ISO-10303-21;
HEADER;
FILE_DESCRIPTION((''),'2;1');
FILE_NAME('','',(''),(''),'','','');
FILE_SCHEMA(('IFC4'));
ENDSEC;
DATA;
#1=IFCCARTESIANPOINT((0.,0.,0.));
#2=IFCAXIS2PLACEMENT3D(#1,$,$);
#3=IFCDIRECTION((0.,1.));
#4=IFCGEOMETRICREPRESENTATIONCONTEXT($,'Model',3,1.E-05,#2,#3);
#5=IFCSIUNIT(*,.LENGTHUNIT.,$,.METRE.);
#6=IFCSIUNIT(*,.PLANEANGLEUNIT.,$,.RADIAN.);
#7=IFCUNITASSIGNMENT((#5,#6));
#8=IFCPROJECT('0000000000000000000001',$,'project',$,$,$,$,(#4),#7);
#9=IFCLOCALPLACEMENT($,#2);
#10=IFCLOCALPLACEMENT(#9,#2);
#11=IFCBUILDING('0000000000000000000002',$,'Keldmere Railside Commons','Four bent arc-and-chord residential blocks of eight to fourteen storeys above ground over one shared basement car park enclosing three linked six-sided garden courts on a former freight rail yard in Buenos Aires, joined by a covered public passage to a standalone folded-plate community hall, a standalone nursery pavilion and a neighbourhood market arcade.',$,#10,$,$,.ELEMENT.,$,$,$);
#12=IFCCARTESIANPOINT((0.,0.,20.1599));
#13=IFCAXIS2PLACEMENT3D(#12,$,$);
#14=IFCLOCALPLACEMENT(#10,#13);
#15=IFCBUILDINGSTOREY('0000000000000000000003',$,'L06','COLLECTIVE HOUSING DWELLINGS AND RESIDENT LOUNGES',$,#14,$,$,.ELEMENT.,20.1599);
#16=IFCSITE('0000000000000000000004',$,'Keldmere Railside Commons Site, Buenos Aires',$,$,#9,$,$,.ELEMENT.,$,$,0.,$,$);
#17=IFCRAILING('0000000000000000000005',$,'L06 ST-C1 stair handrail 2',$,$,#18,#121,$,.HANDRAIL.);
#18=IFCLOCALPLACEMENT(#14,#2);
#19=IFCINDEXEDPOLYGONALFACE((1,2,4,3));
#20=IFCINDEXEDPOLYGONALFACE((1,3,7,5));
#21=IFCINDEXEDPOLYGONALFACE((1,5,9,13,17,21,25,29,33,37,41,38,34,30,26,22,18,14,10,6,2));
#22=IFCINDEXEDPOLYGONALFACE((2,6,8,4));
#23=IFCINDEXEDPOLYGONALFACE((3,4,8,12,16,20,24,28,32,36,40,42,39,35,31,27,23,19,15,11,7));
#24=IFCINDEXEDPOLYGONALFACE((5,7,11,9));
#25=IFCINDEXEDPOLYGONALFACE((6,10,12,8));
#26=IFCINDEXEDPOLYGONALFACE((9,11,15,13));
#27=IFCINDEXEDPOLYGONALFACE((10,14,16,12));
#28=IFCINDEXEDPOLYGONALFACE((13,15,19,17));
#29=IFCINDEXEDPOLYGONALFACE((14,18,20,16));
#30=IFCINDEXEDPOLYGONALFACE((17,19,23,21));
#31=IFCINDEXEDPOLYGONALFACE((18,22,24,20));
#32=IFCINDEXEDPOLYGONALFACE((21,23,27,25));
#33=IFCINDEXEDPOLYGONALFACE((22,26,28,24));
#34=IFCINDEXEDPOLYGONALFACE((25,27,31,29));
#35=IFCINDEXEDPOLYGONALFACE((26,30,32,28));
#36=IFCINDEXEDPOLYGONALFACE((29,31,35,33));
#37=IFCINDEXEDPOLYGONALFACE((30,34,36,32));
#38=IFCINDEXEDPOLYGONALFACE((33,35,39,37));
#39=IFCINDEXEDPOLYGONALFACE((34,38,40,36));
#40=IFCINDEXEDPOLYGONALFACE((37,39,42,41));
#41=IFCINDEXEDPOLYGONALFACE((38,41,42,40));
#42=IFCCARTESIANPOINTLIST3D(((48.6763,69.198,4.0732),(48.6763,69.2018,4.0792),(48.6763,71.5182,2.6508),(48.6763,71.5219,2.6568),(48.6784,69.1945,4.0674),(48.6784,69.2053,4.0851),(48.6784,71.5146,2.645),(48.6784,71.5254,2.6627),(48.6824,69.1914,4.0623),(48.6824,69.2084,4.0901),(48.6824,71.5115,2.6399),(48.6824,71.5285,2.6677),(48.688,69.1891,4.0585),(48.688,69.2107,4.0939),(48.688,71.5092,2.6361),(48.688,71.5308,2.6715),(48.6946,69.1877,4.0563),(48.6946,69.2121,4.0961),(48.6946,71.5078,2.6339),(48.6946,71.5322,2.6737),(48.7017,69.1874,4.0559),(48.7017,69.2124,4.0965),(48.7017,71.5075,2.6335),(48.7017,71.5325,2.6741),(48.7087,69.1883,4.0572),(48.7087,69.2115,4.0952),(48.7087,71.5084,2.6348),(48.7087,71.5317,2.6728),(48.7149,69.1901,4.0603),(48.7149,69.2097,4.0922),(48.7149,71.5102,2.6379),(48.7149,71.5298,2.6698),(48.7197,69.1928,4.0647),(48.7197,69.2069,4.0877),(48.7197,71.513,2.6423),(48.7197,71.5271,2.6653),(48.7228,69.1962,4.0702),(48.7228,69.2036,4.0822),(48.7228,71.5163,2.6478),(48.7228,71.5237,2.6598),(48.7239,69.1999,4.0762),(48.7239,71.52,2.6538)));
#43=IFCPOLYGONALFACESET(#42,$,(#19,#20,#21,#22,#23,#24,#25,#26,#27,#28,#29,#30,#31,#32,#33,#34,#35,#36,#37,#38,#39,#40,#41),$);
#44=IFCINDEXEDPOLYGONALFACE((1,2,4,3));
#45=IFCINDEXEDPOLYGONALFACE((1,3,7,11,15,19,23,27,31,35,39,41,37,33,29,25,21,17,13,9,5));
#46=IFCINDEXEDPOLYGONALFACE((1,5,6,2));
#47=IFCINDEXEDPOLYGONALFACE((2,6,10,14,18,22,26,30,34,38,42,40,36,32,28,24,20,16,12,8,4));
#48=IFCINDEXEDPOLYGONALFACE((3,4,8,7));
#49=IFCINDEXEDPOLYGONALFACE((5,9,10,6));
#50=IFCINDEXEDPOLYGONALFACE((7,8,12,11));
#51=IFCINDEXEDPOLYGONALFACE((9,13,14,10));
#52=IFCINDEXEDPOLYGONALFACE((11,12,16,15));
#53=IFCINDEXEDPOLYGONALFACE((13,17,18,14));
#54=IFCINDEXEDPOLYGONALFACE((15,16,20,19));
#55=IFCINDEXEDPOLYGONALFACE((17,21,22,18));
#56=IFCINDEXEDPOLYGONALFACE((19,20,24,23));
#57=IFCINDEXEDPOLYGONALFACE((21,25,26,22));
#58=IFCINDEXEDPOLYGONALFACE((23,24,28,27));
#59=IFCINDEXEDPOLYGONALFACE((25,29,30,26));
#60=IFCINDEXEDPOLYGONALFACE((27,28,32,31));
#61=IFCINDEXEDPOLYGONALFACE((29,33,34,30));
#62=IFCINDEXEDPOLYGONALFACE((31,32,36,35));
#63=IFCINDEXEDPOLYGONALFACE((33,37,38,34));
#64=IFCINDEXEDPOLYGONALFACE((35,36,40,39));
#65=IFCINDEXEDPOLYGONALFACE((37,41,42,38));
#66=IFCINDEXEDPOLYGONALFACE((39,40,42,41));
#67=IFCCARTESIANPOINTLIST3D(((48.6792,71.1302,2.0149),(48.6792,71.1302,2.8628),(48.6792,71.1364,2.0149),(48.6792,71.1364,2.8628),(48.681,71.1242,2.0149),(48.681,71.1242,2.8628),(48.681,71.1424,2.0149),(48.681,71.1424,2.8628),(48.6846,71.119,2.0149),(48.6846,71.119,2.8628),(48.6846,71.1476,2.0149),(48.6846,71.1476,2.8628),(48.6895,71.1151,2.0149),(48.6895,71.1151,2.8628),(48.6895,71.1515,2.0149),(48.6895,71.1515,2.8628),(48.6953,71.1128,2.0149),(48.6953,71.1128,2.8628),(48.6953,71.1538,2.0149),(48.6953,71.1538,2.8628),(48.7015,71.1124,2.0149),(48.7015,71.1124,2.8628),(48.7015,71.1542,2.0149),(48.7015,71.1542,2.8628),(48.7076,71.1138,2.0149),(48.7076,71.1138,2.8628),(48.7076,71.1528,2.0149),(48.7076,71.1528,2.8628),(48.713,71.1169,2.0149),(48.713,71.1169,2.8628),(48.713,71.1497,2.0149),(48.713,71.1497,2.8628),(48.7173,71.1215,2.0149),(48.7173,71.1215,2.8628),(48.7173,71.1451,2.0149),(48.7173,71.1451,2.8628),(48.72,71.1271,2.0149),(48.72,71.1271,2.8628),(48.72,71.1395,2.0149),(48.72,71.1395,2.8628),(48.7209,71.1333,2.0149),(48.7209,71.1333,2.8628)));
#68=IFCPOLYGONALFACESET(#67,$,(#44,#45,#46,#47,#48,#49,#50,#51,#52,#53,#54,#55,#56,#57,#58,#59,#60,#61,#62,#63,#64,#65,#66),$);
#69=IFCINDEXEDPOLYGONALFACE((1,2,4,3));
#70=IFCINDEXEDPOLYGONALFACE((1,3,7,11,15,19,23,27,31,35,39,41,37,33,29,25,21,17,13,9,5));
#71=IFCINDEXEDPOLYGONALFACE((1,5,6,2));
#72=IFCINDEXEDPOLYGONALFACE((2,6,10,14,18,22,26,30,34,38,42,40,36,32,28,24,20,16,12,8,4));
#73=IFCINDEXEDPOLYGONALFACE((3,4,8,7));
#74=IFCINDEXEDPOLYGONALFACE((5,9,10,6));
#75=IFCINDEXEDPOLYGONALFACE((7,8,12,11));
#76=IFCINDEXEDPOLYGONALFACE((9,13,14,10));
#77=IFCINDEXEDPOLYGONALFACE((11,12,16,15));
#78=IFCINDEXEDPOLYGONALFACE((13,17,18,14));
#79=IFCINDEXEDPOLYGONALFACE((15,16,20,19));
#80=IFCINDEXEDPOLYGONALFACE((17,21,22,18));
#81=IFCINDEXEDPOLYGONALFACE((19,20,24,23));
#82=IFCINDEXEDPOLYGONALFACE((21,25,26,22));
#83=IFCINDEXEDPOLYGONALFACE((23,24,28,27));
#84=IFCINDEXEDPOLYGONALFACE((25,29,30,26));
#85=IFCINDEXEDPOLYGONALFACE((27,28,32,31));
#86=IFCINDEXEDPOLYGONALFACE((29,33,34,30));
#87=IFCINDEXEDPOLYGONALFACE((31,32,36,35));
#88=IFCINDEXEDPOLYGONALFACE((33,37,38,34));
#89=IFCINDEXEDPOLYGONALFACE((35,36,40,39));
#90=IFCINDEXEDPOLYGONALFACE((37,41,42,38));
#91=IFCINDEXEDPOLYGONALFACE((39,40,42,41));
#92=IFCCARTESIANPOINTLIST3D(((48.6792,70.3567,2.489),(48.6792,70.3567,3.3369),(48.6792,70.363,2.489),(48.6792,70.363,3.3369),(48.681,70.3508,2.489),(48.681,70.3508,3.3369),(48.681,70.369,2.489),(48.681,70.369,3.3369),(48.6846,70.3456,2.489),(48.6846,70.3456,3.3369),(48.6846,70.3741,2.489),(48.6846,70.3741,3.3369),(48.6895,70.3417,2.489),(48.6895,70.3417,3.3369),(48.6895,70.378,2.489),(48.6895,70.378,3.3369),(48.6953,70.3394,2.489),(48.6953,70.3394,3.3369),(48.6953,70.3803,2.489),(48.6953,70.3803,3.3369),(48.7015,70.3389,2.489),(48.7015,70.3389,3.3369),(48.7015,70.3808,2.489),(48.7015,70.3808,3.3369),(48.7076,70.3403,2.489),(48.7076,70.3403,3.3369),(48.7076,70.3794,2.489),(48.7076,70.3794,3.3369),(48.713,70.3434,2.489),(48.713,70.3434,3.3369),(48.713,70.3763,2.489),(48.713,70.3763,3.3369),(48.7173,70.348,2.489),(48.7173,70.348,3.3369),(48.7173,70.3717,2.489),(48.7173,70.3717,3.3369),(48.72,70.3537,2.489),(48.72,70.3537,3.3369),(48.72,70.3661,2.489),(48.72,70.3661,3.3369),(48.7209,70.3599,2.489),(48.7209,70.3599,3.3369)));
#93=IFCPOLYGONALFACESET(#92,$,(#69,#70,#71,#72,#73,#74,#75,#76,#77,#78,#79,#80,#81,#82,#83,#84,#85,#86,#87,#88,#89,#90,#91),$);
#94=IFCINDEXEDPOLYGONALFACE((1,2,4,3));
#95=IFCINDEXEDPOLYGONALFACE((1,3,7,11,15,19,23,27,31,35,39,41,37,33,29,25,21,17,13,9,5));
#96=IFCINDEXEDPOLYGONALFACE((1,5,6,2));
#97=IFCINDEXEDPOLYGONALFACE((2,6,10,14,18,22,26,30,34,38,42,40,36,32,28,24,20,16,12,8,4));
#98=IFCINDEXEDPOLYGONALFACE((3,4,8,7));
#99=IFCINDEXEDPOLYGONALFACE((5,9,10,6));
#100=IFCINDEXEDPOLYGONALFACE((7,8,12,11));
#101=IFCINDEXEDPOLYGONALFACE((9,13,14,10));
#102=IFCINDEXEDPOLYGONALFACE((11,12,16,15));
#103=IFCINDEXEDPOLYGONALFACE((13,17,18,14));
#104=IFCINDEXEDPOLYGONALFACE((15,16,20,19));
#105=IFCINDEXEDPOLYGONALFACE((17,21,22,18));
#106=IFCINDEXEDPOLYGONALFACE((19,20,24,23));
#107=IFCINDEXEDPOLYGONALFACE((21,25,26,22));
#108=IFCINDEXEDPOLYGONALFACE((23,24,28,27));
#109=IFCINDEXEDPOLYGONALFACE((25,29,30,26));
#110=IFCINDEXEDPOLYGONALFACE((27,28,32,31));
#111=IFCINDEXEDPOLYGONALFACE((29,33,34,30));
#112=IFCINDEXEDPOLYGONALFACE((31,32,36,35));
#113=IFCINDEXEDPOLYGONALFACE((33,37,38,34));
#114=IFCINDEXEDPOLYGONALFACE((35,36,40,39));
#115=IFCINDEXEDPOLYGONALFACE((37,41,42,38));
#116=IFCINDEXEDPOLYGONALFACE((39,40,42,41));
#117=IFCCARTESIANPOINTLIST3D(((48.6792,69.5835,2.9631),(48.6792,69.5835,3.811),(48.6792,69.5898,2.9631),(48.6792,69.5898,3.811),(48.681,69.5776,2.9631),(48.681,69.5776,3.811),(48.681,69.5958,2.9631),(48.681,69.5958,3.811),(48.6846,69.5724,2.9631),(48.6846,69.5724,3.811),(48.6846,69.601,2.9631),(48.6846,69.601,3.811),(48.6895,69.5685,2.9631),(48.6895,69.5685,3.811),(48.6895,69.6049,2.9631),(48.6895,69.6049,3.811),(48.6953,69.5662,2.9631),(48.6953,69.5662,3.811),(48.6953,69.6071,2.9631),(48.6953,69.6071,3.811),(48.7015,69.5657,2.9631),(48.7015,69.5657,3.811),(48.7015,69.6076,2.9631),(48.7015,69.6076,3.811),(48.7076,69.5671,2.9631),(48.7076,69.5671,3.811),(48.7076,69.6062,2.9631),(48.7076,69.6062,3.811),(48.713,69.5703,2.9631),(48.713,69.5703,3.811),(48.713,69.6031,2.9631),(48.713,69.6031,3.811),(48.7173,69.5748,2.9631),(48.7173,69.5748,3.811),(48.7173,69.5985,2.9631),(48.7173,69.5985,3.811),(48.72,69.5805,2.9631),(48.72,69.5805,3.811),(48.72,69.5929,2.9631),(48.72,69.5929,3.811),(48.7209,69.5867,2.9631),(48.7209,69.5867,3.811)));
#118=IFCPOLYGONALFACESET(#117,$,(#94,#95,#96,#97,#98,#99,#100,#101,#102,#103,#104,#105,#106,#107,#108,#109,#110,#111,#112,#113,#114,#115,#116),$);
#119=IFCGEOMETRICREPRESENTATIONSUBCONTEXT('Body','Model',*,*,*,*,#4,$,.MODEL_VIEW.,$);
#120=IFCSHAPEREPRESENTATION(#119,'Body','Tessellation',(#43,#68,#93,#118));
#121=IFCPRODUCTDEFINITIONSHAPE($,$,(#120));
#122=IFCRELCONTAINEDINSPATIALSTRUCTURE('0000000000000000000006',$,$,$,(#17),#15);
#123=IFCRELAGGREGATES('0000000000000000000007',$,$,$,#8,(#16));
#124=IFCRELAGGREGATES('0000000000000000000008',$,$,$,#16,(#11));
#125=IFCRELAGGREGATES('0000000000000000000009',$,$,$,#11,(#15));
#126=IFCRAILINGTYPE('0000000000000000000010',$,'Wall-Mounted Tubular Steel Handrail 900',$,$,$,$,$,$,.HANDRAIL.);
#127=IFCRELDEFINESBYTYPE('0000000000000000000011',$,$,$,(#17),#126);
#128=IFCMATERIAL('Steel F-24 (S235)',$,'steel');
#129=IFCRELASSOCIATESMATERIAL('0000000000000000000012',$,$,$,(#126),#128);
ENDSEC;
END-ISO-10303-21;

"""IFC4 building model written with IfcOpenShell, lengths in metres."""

from ifc_helpers import new_model, si_unit, direction, frame, origin, origin_2d, place, context, subcontext, project, spatial, circle, extrude, material, type_object, element, save


model = new_model("IFC4")

# Units and contexts
model_context = context("Model", 3, precision=1e-05, world=origin(), true_north=direction((0.0, 1.0)))
body_context = subcontext(model_context, "Body", "Model", "MODEL_VIEW")
ifc_project = project(units=[si_unit("LENGTHUNIT", "METRE"), si_unit("PLANEANGLEUNIT", "RADIAN")], contexts=[model_context])

# Site, building, storey
site_placement = place(None, origin())
site = spatial("IfcSite", under=ifc_project, at=site_placement, Name="Keldmere Railside Commons Site, Buenos Aires", CompositionType="ELEMENT", RefElevation=0.0)
building_placement = place(site_placement, origin())
building = spatial("IfcBuilding", under=site, at=building_placement, Name="Keldmere Railside Commons", Description="Four bent arc-and-chord residential blocks of eight to fourteen storeys above ground over one shared basement car park enclosing three linked six-sided garden courts on a former freight rail yard in Buenos Aires, joined by a covered public passage to a standalone folded-plate community hall, a standalone nursery pavilion and a neighbourhood market arcade.", CompositionType="ELEMENT")
storey_placement = place(building_placement, frame((0.0, 0.0, 20.1599)))
storey = spatial("IfcBuildingStorey", under=building, at=storey_placement, Name="L06", Description="COLLECTIVE HOUSING DWELLINGS AND RESIDENT LOUNGES", CompositionType="ELEMENT", Elevation=20.1599)

# Shared definitions
ifc_material_1 = material(Name="Steel F-24 (S235)", Category="steel")

# Railing
railing_type_1 = type_object("IfcRailingType", Name="Wall-Mounted Tubular Steel Handrail 900", PredefinedType="HANDRAIL", material=ifc_material_1)
railing_1_placement = place(storey_placement, frame((48.7, 71.52, 1.7778)))
element("IfcRailing", 1, at=railing_1_placement, inside=storey, type_object=railing_type_1, Name="L06 ST-C1 stair handrail 2", PredefinedType="HANDRAIL", context=body_context, shape_type="SweptSolid", body=[
    extrude(circle(Radius=0.0239, at=origin_2d()), frame((0.0, 0.0, 0.876), z_axis=(0.0, -0.852538, 0.522665), x_axis=(1.0, 0.0, 0.0)), (0.0, 0.0, 1.0), 2.7214),
    extrude(circle(Radius=0.021, at=origin_2d()), frame((0.0, -0.3867, 0.2371)), (0.0, 0.0, 1.0), 0.8479),
    extrude(circle(Radius=0.021, at=origin_2d()), frame((0.0, -1.1602, 0.7112)), (0.0, 0.0, 1.0), 0.8479),
    extrude(circle(Radius=0.021, at=origin_2d()), frame((0.0, -1.9333, 1.1853)), (0.0, 0.0, 1.0), 0.8479),
])

save(model, "model.ifc")
